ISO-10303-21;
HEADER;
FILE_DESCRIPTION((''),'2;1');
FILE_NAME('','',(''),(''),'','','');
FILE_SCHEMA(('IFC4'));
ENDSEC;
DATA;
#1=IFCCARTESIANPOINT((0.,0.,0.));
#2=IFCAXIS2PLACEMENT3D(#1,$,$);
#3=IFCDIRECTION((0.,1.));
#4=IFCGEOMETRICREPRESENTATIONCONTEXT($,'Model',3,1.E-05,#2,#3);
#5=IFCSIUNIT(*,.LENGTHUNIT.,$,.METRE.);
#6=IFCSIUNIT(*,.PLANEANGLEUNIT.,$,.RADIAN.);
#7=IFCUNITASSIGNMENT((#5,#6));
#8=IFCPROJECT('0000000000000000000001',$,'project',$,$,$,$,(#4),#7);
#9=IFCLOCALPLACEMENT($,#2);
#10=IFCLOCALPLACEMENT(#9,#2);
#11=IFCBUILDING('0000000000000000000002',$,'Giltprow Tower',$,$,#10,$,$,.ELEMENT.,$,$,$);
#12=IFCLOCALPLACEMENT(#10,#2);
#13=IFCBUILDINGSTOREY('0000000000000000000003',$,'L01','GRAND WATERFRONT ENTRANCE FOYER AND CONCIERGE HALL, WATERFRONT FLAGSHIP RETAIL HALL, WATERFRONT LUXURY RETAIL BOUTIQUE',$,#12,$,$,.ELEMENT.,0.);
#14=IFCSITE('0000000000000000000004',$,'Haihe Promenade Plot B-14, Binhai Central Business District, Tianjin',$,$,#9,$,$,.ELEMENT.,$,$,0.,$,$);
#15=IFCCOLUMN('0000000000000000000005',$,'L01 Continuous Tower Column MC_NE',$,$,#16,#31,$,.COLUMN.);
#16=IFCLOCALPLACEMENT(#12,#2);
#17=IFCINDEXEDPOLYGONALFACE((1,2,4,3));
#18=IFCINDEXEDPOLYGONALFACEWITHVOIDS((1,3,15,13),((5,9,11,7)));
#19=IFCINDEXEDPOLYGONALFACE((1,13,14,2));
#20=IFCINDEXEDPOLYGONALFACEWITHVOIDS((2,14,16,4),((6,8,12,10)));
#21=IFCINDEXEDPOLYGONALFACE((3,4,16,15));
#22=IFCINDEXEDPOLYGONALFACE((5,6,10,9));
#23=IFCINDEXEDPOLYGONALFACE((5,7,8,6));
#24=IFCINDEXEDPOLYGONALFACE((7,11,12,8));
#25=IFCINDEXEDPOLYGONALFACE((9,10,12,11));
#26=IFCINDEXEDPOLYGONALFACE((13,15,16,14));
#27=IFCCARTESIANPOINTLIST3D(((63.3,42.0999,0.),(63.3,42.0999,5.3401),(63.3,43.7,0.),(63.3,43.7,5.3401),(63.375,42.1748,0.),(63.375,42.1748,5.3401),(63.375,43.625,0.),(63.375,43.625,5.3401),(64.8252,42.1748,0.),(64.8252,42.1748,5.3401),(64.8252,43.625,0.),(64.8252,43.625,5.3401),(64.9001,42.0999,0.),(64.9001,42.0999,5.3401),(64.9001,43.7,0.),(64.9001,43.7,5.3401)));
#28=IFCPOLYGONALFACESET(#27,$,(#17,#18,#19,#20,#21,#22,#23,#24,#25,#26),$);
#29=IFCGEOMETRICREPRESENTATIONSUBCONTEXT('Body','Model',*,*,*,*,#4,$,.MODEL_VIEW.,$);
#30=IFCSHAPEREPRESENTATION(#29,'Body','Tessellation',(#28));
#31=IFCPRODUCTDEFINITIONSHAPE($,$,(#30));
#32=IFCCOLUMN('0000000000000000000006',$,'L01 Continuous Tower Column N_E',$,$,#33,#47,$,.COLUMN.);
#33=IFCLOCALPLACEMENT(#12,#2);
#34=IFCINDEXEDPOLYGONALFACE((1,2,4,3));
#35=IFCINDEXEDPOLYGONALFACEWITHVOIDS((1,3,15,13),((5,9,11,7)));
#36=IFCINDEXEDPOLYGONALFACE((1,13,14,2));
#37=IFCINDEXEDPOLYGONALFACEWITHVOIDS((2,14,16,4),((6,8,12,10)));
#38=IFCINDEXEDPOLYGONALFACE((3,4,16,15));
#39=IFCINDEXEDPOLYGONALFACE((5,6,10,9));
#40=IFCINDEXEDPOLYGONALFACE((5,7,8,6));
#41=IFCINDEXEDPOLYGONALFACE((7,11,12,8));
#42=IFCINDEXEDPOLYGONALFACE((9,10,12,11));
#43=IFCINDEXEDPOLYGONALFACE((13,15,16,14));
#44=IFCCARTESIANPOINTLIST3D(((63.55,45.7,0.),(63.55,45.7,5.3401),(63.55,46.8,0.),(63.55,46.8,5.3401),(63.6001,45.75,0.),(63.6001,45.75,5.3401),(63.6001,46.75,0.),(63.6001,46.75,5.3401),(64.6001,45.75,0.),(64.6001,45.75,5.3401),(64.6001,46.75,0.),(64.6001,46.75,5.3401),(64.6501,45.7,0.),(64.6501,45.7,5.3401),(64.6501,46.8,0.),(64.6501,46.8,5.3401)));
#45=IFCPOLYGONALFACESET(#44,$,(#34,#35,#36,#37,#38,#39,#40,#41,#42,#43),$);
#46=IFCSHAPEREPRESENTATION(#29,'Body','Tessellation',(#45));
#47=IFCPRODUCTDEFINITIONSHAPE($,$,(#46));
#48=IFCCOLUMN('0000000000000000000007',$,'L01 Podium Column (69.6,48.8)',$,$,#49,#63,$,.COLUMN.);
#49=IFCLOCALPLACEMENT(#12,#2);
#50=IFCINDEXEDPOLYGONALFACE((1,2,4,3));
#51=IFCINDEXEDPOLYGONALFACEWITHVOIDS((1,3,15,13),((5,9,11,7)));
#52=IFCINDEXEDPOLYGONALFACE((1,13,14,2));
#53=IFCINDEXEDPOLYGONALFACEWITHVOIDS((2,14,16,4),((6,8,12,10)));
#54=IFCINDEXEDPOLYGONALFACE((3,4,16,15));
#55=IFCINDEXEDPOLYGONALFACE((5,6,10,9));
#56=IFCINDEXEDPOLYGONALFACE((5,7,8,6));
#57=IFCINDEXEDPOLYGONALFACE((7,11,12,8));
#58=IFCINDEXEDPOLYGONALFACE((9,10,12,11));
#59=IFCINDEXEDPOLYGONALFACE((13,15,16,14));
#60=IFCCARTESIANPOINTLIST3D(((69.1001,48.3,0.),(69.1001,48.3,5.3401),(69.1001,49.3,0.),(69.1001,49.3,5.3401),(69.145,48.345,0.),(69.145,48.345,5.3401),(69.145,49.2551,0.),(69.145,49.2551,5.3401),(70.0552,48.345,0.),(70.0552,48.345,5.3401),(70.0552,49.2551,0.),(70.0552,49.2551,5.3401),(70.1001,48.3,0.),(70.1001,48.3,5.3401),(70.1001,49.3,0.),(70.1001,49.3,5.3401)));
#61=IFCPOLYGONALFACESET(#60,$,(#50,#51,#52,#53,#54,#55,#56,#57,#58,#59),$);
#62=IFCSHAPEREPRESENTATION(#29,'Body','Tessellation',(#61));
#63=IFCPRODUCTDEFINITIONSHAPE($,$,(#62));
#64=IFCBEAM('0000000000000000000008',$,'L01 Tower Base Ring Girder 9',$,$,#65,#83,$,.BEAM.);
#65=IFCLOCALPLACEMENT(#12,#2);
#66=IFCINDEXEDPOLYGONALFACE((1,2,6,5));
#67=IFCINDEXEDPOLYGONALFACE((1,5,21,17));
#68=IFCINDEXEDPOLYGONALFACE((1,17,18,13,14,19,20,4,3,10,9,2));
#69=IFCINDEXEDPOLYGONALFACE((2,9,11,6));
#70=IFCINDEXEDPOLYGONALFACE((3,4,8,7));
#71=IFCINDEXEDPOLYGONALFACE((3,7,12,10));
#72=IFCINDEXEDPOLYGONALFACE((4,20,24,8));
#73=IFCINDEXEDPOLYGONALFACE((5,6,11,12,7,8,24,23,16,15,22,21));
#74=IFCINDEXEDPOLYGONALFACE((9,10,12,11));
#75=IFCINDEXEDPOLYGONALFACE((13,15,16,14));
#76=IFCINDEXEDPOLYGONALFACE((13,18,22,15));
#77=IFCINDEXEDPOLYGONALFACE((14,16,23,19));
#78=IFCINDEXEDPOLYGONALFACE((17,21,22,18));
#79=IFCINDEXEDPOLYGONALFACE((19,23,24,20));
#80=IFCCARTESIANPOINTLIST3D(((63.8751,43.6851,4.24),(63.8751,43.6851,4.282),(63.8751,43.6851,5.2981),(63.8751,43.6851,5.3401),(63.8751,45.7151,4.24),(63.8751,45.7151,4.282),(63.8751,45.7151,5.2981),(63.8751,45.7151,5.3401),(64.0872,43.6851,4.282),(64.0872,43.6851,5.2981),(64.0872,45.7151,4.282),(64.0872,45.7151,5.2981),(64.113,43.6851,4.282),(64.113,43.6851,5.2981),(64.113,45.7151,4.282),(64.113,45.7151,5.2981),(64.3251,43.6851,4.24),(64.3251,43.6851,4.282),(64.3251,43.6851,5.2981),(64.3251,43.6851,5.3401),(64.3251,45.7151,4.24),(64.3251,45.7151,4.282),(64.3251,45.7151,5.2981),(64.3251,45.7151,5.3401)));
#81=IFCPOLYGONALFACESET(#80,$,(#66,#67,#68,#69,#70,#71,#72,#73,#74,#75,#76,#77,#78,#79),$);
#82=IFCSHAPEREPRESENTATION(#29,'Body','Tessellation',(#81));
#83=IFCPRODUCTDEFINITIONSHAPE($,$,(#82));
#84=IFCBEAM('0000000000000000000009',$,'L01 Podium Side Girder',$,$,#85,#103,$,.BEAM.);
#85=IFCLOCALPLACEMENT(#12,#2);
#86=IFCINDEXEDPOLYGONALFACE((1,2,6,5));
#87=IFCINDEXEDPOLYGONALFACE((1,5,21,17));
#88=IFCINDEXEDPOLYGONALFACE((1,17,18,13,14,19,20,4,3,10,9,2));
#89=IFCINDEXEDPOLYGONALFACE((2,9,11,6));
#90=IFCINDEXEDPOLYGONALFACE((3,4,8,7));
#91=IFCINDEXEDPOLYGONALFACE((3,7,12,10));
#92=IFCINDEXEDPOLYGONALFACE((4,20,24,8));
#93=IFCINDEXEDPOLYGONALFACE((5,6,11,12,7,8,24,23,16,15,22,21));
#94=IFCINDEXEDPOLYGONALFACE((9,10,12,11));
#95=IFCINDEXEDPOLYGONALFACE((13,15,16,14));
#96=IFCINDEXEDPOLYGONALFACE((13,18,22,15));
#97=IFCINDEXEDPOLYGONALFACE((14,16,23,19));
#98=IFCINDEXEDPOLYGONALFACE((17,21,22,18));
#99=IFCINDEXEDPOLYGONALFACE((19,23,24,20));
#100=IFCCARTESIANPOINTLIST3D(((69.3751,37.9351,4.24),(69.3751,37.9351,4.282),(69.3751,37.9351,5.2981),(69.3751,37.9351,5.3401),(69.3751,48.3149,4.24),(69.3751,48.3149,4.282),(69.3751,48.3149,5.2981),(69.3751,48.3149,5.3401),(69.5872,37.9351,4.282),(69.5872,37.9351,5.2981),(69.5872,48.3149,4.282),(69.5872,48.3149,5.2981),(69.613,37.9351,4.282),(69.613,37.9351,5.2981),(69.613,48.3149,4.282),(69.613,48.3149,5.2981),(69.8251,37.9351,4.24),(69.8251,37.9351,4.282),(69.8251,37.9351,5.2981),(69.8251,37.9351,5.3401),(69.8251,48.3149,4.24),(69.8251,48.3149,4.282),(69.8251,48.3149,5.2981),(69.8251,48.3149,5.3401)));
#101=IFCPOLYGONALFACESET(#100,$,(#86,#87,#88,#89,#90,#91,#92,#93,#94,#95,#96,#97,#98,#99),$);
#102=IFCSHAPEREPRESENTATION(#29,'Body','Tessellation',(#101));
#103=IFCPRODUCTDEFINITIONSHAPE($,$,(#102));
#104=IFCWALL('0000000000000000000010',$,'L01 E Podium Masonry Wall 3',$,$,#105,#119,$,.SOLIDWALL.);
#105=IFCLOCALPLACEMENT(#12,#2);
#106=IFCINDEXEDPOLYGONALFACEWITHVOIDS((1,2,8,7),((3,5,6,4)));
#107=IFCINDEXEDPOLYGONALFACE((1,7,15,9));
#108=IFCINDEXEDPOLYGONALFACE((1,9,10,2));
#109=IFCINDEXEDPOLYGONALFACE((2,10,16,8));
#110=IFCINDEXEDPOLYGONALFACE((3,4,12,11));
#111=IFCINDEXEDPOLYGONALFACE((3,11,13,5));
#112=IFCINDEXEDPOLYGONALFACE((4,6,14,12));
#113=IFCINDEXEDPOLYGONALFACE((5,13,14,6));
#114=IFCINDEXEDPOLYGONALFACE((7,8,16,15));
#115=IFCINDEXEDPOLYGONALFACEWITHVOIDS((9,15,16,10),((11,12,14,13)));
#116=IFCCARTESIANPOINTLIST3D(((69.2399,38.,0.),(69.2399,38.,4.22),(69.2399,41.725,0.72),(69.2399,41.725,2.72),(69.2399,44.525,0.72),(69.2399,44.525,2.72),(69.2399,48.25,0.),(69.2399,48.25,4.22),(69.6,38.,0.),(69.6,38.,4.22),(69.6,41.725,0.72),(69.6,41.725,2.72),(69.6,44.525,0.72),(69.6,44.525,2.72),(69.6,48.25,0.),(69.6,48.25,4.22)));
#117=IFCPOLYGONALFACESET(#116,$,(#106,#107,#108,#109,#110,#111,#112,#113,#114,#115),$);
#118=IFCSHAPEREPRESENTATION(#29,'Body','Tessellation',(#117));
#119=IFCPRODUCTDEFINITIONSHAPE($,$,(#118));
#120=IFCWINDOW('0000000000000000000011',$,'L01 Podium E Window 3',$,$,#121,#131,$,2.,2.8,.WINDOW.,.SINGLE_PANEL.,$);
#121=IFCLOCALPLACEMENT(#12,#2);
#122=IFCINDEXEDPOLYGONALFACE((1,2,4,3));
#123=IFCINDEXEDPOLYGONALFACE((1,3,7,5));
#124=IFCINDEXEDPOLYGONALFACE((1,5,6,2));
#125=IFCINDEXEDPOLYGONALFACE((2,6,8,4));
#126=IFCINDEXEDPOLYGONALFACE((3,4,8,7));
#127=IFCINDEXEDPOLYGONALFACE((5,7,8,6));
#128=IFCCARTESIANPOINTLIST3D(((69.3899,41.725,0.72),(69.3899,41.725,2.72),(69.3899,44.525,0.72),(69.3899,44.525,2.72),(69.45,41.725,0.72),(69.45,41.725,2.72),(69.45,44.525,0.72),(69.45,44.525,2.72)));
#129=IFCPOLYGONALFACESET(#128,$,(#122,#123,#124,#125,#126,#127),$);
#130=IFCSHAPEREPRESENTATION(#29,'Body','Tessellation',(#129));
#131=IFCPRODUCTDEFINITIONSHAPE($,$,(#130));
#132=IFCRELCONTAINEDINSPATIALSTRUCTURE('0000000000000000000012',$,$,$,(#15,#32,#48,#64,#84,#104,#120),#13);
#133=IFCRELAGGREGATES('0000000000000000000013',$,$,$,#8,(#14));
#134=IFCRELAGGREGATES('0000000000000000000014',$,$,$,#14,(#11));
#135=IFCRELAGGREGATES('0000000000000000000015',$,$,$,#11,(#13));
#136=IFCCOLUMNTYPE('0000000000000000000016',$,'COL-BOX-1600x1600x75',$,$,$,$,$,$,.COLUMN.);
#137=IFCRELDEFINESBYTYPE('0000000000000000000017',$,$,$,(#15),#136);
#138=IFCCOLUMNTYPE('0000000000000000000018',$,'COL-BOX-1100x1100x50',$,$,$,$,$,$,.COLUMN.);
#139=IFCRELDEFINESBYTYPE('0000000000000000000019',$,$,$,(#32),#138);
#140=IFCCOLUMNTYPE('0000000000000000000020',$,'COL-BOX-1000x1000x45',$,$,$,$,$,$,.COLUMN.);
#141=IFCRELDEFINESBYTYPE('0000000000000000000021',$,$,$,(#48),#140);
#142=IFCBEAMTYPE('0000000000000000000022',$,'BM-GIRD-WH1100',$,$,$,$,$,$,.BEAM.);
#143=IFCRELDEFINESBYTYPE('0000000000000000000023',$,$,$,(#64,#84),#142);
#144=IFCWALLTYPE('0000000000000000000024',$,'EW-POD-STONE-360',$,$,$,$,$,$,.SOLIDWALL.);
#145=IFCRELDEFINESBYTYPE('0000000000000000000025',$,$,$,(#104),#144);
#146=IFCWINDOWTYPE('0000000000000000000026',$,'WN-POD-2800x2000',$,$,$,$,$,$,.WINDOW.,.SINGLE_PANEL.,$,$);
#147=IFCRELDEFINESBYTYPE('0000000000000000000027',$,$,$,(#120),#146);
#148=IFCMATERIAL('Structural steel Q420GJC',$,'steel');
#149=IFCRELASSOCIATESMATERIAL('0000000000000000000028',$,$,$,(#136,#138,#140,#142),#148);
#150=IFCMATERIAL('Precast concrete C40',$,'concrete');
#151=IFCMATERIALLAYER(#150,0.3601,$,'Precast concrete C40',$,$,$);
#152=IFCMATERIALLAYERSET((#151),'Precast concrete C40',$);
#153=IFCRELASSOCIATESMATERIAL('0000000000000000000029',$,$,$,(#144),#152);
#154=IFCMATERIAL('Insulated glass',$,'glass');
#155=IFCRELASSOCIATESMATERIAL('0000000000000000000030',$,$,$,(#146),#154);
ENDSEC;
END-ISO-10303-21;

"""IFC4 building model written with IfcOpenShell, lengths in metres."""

from ifc_helpers import new_model, si_unit, direction, frame, frame_2d, origin, origin_2d, place, context, subcontext, project, spatial, rectangle, hollow_rectangle, i_section, extrude, source, transform, mapped, material, layer, layer_set, material_profile, profile_set, type_object, element, fill, save


model = new_model("IFC4")

# Units and contexts
model_context = context("Model", 3, precision=1e-05, world=origin(), true_north=direction((0.0, 1.0)))
body_context = subcontext(model_context, "Body", "Model", "MODEL_VIEW")
ifc_project = project(units=[si_unit("LENGTHUNIT", "METRE"), si_unit("PLANEANGLEUNIT", "RADIAN")], contexts=[model_context])

# Site, building, storey
site_placement = place(None, origin())
site = spatial("IfcSite", under=ifc_project, at=site_placement, Name="Haihe Promenade Plot B-14, Binhai Central Business District, Tianjin", CompositionType="ELEMENT", RefElevation=0.0)
building_placement = place(site_placement, origin())
building = spatial("IfcBuilding", under=site, at=building_placement, Name="Giltprow Tower", CompositionType="ELEMENT")
storey_placement = place(building_placement, origin())
storey = spatial("IfcBuildingStorey", under=building, at=storey_placement, Name="L01", Description="GRAND WATERFRONT ENTRANCE FOYER AND CONCIERGE HALL, WATERFRONT FLAGSHIP RETAIL HALL, WATERFRONT LUXURY RETAIL BOUTIQUE", CompositionType="ELEMENT", Elevation=0.0)

# Columns
ifc_material_1 = material(Name="Structural steel Q420GJC", Category="steel")
ifc_material_profile_1 = material_profile(ifc_material_1, hollow_rectangle(XDim=1.6001, YDim=1.6001, WallThickness=0.075, at=origin_2d()), Name="BOX 1600x1600x75")
ifc_profile_set_1 = profile_set([ifc_material_profile_1], Name="Structural steel Q420GJC")
column_type_1 = type_object("IfcColumnType", Name="COL-BOX-1600x1600x75", PredefinedType="COLUMN", material=ifc_profile_set_1)
shared_shape_1 = source(origin(), body_context, "Body", "SweptSolid", [
    extrude(hollow_rectangle(XDim=1.6001, YDim=1.6001, WallThickness=0.075, at=origin_2d()), origin(), (0.0, 0.0, 1.0), 5.3401),
])
column_1_placement = place(storey_placement, frame((64.1001, 42.8999, 0.0), z_axis=(0.0, 0.0, 1.0), x_axis=(1.0, 0.0, 0.0)))
element("IfcColumn", 1, at=column_1_placement, inside=storey, type_object=column_type_1, Name="L01 Continuous Tower Column MC_NE", PredefinedType="COLUMN", context=body_context, shape_type="MappedRepresentation", body=[
    mapped(shared_shape_1, transform((0.0, 0.0, 0.0), x_axis=(1.0, 0.0, 0.0), y_axis=(0.0, 1.0, 0.0), z_axis=(0.0, 0.0, 1.0), scale=1.0)),
])
ifc_material_profile_2 = material_profile(ifc_material_1, hollow_rectangle(XDim=1.1001, YDim=1.1001, WallThickness=0.05, at=origin_2d()), Name="BOX 1100x1100x50")
ifc_profile_set_2 = profile_set([ifc_material_profile_2], Name="Structural steel Q420GJC")
column_type_2 = type_object("IfcColumnType", Name="COL-BOX-1100x1100x50", PredefinedType="COLUMN", material=ifc_profile_set_2)
shared_shape_2 = source(origin(), body_context, "Body", "SweptSolid", [
    extrude(hollow_rectangle(XDim=1.1001, YDim=1.1001, WallThickness=0.05, at=origin_2d()), origin(), (0.0, 0.0, 1.0), 5.3401),
])
column_2_placement = place(storey_placement, frame((64.1001, 46.25, 0.0), z_axis=(0.0, 0.0, 1.0), x_axis=(1.0, 0.0, 0.0)))
element("IfcColumn", 2, at=column_2_placement, inside=storey, type_object=column_type_2, Name="L01 Continuous Tower Column N_E", PredefinedType="COLUMN", context=body_context, shape_type="MappedRepresentation", body=[
    mapped(shared_shape_2, transform((0.0, 0.0, 0.0), x_axis=(1.0, 0.0, 0.0), y_axis=(0.0, 1.0, 0.0), z_axis=(0.0, 0.0, 1.0), scale=1.0)),
])
ifc_material_profile_3 = material_profile(ifc_material_1, hollow_rectangle(XDim=1.0, YDim=1.0, WallThickness=0.0449, at=origin_2d()), Name="BOX 1000x1000x45")
ifc_profile_set_3 = profile_set([ifc_material_profile_3], Name="Structural steel Q420GJC")
column_type_3 = type_object("IfcColumnType", Name="COL-BOX-1000x1000x45", PredefinedType="COLUMN", material=ifc_profile_set_3)
shared_shape_3 = source(origin(), body_context, "Body", "SweptSolid", [
    extrude(hollow_rectangle(XDim=1.0, YDim=1.0, WallThickness=0.0449, at=origin_2d()), origin(), (0.0, 0.0, 1.0), 5.3401),
])
column_3_placement = place(storey_placement, frame((69.6001, 48.8, 0.0), z_axis=(0.0, 0.0, 1.0), x_axis=(1.0, 0.0, 0.0)))
element("IfcColumn", 3, at=column_3_placement, inside=storey, type_object=column_type_3, Name="L01 Podium Column (69.6,48.8)", PredefinedType="COLUMN", context=body_context, shape_type="MappedRepresentation", body=[
    mapped(shared_shape_3, transform((0.0, 0.0, 0.0), x_axis=(1.0, 0.0, 0.0), y_axis=(0.0, 1.0, 0.0), z_axis=(0.0, 0.0, 1.0), scale=1.0)),
])

# Beams
ifc_material_profile_4 = material_profile(ifc_material_1, i_section(OverallWidth=0.45, OverallDepth=1.1001, WebThickness=0.0259, FlangeThickness=0.042, at=origin_2d()), Name="WH 1100x450x26x42")
ifc_profile_set_4 = profile_set([ifc_material_profile_4], Name="Structural steel Q420GJC")
beam_type = type_object("IfcBeamType", Name="BM-GIRD-WH1100", PredefinedType="BEAM", material=ifc_profile_set_4)
shared_shape_4 = source(origin(), body_context, "Body", "SweptSolid", [
    extrude(i_section(OverallWidth=0.45, OverallDepth=1.1001, WebThickness=0.0259, FlangeThickness=0.042, at=origin_2d()), origin(), (0.0, 0.0, 1.0), 2.03),
])
beam_1_placement = place(storey_placement, frame((64.1001, 43.6851, 4.79), z_axis=(0.0, 1.0, 0.0), x_axis=(-1.0, 0.0, 0.0)))
element("IfcBeam", 4, at=beam_1_placement, inside=storey, type_object=beam_type, Name="L01 Tower Base Ring Girder 9", PredefinedType="BEAM", context=body_context, shape_type="MappedRepresentation", body=[
    mapped(shared_shape_4, transform((0.0, 0.0, 0.0), x_axis=(1.0, 0.0, 0.0), y_axis=(0.0, 1.0, 0.0), z_axis=(0.0, 0.0, 1.0), scale=1.0)),
])
shared_shape_5 = source(origin(), body_context, "Body", "SweptSolid", [
    extrude(i_section(OverallWidth=0.45, OverallDepth=1.1001, WebThickness=0.0259, FlangeThickness=0.042, at=origin_2d()), origin(), (0.0, 0.0, 1.0), 10.3799),
])
beam_2_placement = place(storey_placement, frame((69.6001, 37.9351, 4.79), z_axis=(0.0, 1.0, 0.0), x_axis=(-1.0, 0.0, 0.0)))
element("IfcBeam", 5, at=beam_2_placement, inside=storey, type_object=beam_type, Name="L01 Podium Side Girder", PredefinedType="BEAM", context=body_context, shape_type="MappedRepresentation", body=[
    mapped(shared_shape_5, transform((0.0, 0.0, 0.0), x_axis=(1.0, 0.0, 0.0), y_axis=(0.0, 1.0, 0.0), z_axis=(0.0, 0.0, 1.0), scale=1.0)),
])

# Wall, opening, window
ifc_material_2 = material(Name="Precast concrete C40", Category="concrete")
ifc_layer_1 = layer(ifc_material_2, 0.3601, Name="Precast concrete C40")
ifc_layer_set_1 = layer_set([ifc_layer_1], Name="Precast concrete C40")
wall_type_1 = type_object("IfcWallType", Name="EW-POD-STONE-360", PredefinedType="SOLIDWALL", material=ifc_layer_set_1)
wall_1_placement = place(storey_placement, frame((69.4199, 38.0, 0.0), z_axis=(0.0, 0.0, 1.0), x_axis=(0.0, 1.0, 0.0)))
wall_1 = element("IfcWall", 6, at=wall_1_placement, inside=storey, type_object=wall_type_1, Name="L01 E Podium Masonry Wall 3", PredefinedType="SOLIDWALL", context=body_context, shape_type="SweptSolid", body=[
    extrude(rectangle(XDim=10.25, YDim=0.3601, at=frame_2d((5.125, 0.0))), origin(), (0.0, 0.0, 1.0), 4.22),
])
opening_1_placement = place(wall_1_placement, frame((3.7251, 0.0, 0.72)))
opening_1 = element("IfcOpeningElement", 7, at=opening_1_placement, cuts=wall_1, PredefinedType="OPENING", context=body_context, shape_type="SweptSolid", body=[
    extrude(rectangle(XDim=2.8, YDim=2.0, at=frame_2d((1.3999, 1.0))), frame((0.0, 0.1899, 0.0), z_axis=(0.0, -1.0, 0.0), x_axis=(1.0, 0.0, 0.0)), (0.0, 0.0, 1.0), 0.3801),
])
ifc_material_3 = material(Name="Insulated glass", Category="glass")
window_type = type_object("IfcWindowType", Name="WN-POD-2800x2000", PartitioningType="SINGLE_PANEL", PredefinedType="WINDOW", material=ifc_material_3)
shared_shape_6 = source(origin(), body_context, "Body", "SweptSolid", [
    extrude(rectangle(XDim=2.8, YDim=2.0, at=frame_2d((1.3999, 1.0))), frame((0.0, 0.03, 0.0), z_axis=(0.0, -1.0, 0.0), x_axis=(1.0, 0.0, 0.0)), (0.0, 0.0, 1.0), 0.0601),
])
window_placement = place(opening_1_placement, origin())
window = element("IfcWindow", 8, at=window_placement, inside=storey, type_object=window_type, Name="L01 Podium E Window 3", OverallHeight=2.0, OverallWidth=2.8, PartitioningType="SINGLE_PANEL", PredefinedType="WINDOW", context=body_context, shape_type="MappedRepresentation", body=[
    mapped(shared_shape_6, transform((0.0, 0.0, 0.0), x_axis=(1.0, 0.0, 0.0), y_axis=(0.0, 1.0, 0.0), z_axis=(0.0, 0.0, 1.0), scale=1.0)),
])
fill(opening_1, window)

save(model, "model.ifc")
